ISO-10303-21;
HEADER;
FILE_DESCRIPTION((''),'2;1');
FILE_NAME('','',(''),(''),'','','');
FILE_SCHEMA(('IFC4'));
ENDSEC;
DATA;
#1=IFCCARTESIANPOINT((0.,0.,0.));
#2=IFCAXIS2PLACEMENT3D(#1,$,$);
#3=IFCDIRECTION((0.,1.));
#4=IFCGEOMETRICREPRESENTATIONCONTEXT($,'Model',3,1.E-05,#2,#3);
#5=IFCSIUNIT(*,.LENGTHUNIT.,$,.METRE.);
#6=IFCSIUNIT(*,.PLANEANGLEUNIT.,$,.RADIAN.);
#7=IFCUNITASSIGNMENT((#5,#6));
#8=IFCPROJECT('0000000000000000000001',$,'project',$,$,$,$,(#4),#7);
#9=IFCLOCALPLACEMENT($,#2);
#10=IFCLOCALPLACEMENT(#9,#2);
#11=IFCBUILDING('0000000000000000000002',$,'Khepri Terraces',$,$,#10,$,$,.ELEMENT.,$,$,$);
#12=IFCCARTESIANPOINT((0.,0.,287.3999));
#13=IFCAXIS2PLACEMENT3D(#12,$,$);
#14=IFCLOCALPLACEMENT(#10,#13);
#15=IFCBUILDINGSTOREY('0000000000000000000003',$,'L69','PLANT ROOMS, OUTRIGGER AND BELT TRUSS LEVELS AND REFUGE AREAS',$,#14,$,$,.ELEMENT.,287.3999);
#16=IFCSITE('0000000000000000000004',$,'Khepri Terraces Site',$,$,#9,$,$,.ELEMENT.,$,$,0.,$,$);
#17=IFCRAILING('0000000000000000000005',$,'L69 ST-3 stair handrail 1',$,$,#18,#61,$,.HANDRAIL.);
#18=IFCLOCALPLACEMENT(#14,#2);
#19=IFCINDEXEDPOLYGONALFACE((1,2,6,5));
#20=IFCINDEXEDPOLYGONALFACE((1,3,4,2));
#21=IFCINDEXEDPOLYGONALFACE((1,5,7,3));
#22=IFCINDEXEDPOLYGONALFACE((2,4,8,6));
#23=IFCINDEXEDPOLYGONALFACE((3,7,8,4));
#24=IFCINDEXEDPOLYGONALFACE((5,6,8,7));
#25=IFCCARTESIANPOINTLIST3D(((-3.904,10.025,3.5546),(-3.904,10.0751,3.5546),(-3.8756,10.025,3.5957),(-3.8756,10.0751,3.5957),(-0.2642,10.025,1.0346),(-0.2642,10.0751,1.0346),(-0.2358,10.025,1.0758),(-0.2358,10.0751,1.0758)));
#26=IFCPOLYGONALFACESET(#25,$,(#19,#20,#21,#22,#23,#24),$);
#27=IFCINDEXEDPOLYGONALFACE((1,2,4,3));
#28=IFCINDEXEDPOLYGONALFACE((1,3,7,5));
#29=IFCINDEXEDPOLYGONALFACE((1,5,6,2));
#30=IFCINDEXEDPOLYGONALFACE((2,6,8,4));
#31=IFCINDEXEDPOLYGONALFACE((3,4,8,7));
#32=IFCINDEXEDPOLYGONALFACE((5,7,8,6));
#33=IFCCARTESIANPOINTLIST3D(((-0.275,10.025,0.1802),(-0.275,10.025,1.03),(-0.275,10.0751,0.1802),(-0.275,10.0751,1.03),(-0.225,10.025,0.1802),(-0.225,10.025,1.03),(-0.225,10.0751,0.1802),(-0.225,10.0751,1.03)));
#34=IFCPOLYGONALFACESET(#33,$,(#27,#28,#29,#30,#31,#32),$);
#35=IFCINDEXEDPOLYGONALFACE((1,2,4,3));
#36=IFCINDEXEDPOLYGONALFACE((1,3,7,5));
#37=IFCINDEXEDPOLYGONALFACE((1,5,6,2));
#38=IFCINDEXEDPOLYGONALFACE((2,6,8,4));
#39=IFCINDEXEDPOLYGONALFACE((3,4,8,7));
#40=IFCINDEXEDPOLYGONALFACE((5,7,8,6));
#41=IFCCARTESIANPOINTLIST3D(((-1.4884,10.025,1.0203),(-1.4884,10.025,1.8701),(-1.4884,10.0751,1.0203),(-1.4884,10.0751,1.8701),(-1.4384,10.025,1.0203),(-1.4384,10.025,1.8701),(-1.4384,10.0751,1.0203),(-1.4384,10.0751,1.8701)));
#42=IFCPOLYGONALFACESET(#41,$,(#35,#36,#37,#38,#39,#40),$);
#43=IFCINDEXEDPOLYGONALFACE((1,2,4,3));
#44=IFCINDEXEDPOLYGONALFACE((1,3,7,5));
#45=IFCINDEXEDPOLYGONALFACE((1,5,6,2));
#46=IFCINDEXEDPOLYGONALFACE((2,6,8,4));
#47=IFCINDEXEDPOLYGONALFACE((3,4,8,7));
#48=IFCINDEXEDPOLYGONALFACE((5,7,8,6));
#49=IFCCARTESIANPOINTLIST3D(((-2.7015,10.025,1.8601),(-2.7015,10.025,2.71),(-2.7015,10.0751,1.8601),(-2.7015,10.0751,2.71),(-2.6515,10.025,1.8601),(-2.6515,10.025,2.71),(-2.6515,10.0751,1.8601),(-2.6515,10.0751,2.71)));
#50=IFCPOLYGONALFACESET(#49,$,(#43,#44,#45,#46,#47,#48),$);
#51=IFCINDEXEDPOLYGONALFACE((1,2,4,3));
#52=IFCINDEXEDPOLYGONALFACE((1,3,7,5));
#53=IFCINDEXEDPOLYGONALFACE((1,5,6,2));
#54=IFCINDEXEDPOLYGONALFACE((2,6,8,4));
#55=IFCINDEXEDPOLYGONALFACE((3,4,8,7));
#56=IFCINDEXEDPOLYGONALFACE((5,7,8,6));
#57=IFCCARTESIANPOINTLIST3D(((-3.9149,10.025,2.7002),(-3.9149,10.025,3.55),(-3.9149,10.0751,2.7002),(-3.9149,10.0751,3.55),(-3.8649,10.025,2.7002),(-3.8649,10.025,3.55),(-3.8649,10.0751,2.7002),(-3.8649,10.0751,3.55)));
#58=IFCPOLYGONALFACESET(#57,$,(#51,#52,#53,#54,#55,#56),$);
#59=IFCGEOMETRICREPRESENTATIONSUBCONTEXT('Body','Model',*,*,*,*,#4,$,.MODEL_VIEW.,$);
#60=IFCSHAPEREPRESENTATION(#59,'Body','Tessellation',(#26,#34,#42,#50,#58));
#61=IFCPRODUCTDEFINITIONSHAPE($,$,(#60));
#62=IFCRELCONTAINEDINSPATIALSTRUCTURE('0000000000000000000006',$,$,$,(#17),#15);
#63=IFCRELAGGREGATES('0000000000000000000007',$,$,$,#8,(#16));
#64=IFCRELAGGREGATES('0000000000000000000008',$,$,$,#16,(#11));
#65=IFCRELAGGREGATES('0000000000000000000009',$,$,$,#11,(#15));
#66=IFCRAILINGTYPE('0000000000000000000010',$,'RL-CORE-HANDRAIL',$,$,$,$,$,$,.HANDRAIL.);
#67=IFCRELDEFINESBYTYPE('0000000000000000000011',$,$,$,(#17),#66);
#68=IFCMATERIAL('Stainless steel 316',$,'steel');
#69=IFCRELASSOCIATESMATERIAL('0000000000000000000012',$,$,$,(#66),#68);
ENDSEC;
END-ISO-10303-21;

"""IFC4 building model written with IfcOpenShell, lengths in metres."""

from ifc_helpers import new_model, si_unit, direction, frame, origin, origin_2d, place, context, subcontext, project, spatial, rectangle, extrude, material, type_object, element, save


model = new_model("IFC4")

# Units and contexts
model_context = context("Model", 3, precision=1e-05, world=origin(), true_north=direction((0.0, 1.0)))
body_context = subcontext(model_context, "Body", "Model", "MODEL_VIEW")
ifc_project = project(units=[si_unit("LENGTHUNIT", "METRE"), si_unit("PLANEANGLEUNIT", "RADIAN")], contexts=[model_context])

# Site, building, storey
site_placement = place(None, origin())
site = spatial("IfcSite", under=ifc_project, at=site_placement, Name="Khepri Terraces Site", CompositionType="ELEMENT", RefElevation=0.0)
building_placement = place(site_placement, origin())
building = spatial("IfcBuilding", under=site, at=building_placement, Name="Khepri Terraces", CompositionType="ELEMENT")
storey_placement = place(building_placement, frame((0.0, 0.0, 287.3999)))
storey = spatial("IfcBuildingStorey", under=building, at=storey_placement, Name="L69", Description="PLANT ROOMS, OUTRIGGER AND BELT TRUSS LEVELS AND REFUGE AREAS", CompositionType="ELEMENT", Elevation=287.3999)

# Railing
ifc_material_1 = material(Name="Stainless steel 316", Category="steel")
railing_type_1 = type_object("IfcRailingType", Name="RL-CORE-HANDRAIL", PredefinedType="HANDRAIL", material=ifc_material_1)
railing_1_placement = place(storey_placement, frame((-0.25, 10.05, 0.1802)))
element("IfcRailing", 1, at=railing_1_placement, inside=storey, type_object=railing_type_1, Name="L69 ST-3 stair handrail 1", PredefinedType="HANDRAIL", context=body_context, shape_type="SweptSolid", body=[
    extrude(rectangle(XDim=0.05, YDim=0.05, at=origin_2d()), frame((0.0, 0.0, 0.875), z_axis=(-0.822182, 0.0, 0.569224), x_axis=(0.0, -1.0, 0.0)), (0.0, 0.0, 1.0), 4.427),
    extrude(rectangle(XDim=0.05, YDim=0.05, at=origin_2d()), origin(), (0.0, 0.0, 1.0), 0.8499),
    extrude(rectangle(XDim=0.05, YDim=0.05, at=origin_2d()), frame((-1.2134, 0.0, 0.8401)), (0.0, 0.0, 1.0), 0.8499),
    extrude(rectangle(XDim=0.05, YDim=0.05, at=origin_2d()), frame((-2.4265, 0.0, 1.6799)), (0.0, 0.0, 1.0), 0.8499),
    extrude(rectangle(XDim=0.05, YDim=0.05, at=origin_2d()), frame((-3.6399, 0.0, 2.52)), (0.0, 0.0, 1.0), 0.8499),
])

save(model, "model.ifc")
